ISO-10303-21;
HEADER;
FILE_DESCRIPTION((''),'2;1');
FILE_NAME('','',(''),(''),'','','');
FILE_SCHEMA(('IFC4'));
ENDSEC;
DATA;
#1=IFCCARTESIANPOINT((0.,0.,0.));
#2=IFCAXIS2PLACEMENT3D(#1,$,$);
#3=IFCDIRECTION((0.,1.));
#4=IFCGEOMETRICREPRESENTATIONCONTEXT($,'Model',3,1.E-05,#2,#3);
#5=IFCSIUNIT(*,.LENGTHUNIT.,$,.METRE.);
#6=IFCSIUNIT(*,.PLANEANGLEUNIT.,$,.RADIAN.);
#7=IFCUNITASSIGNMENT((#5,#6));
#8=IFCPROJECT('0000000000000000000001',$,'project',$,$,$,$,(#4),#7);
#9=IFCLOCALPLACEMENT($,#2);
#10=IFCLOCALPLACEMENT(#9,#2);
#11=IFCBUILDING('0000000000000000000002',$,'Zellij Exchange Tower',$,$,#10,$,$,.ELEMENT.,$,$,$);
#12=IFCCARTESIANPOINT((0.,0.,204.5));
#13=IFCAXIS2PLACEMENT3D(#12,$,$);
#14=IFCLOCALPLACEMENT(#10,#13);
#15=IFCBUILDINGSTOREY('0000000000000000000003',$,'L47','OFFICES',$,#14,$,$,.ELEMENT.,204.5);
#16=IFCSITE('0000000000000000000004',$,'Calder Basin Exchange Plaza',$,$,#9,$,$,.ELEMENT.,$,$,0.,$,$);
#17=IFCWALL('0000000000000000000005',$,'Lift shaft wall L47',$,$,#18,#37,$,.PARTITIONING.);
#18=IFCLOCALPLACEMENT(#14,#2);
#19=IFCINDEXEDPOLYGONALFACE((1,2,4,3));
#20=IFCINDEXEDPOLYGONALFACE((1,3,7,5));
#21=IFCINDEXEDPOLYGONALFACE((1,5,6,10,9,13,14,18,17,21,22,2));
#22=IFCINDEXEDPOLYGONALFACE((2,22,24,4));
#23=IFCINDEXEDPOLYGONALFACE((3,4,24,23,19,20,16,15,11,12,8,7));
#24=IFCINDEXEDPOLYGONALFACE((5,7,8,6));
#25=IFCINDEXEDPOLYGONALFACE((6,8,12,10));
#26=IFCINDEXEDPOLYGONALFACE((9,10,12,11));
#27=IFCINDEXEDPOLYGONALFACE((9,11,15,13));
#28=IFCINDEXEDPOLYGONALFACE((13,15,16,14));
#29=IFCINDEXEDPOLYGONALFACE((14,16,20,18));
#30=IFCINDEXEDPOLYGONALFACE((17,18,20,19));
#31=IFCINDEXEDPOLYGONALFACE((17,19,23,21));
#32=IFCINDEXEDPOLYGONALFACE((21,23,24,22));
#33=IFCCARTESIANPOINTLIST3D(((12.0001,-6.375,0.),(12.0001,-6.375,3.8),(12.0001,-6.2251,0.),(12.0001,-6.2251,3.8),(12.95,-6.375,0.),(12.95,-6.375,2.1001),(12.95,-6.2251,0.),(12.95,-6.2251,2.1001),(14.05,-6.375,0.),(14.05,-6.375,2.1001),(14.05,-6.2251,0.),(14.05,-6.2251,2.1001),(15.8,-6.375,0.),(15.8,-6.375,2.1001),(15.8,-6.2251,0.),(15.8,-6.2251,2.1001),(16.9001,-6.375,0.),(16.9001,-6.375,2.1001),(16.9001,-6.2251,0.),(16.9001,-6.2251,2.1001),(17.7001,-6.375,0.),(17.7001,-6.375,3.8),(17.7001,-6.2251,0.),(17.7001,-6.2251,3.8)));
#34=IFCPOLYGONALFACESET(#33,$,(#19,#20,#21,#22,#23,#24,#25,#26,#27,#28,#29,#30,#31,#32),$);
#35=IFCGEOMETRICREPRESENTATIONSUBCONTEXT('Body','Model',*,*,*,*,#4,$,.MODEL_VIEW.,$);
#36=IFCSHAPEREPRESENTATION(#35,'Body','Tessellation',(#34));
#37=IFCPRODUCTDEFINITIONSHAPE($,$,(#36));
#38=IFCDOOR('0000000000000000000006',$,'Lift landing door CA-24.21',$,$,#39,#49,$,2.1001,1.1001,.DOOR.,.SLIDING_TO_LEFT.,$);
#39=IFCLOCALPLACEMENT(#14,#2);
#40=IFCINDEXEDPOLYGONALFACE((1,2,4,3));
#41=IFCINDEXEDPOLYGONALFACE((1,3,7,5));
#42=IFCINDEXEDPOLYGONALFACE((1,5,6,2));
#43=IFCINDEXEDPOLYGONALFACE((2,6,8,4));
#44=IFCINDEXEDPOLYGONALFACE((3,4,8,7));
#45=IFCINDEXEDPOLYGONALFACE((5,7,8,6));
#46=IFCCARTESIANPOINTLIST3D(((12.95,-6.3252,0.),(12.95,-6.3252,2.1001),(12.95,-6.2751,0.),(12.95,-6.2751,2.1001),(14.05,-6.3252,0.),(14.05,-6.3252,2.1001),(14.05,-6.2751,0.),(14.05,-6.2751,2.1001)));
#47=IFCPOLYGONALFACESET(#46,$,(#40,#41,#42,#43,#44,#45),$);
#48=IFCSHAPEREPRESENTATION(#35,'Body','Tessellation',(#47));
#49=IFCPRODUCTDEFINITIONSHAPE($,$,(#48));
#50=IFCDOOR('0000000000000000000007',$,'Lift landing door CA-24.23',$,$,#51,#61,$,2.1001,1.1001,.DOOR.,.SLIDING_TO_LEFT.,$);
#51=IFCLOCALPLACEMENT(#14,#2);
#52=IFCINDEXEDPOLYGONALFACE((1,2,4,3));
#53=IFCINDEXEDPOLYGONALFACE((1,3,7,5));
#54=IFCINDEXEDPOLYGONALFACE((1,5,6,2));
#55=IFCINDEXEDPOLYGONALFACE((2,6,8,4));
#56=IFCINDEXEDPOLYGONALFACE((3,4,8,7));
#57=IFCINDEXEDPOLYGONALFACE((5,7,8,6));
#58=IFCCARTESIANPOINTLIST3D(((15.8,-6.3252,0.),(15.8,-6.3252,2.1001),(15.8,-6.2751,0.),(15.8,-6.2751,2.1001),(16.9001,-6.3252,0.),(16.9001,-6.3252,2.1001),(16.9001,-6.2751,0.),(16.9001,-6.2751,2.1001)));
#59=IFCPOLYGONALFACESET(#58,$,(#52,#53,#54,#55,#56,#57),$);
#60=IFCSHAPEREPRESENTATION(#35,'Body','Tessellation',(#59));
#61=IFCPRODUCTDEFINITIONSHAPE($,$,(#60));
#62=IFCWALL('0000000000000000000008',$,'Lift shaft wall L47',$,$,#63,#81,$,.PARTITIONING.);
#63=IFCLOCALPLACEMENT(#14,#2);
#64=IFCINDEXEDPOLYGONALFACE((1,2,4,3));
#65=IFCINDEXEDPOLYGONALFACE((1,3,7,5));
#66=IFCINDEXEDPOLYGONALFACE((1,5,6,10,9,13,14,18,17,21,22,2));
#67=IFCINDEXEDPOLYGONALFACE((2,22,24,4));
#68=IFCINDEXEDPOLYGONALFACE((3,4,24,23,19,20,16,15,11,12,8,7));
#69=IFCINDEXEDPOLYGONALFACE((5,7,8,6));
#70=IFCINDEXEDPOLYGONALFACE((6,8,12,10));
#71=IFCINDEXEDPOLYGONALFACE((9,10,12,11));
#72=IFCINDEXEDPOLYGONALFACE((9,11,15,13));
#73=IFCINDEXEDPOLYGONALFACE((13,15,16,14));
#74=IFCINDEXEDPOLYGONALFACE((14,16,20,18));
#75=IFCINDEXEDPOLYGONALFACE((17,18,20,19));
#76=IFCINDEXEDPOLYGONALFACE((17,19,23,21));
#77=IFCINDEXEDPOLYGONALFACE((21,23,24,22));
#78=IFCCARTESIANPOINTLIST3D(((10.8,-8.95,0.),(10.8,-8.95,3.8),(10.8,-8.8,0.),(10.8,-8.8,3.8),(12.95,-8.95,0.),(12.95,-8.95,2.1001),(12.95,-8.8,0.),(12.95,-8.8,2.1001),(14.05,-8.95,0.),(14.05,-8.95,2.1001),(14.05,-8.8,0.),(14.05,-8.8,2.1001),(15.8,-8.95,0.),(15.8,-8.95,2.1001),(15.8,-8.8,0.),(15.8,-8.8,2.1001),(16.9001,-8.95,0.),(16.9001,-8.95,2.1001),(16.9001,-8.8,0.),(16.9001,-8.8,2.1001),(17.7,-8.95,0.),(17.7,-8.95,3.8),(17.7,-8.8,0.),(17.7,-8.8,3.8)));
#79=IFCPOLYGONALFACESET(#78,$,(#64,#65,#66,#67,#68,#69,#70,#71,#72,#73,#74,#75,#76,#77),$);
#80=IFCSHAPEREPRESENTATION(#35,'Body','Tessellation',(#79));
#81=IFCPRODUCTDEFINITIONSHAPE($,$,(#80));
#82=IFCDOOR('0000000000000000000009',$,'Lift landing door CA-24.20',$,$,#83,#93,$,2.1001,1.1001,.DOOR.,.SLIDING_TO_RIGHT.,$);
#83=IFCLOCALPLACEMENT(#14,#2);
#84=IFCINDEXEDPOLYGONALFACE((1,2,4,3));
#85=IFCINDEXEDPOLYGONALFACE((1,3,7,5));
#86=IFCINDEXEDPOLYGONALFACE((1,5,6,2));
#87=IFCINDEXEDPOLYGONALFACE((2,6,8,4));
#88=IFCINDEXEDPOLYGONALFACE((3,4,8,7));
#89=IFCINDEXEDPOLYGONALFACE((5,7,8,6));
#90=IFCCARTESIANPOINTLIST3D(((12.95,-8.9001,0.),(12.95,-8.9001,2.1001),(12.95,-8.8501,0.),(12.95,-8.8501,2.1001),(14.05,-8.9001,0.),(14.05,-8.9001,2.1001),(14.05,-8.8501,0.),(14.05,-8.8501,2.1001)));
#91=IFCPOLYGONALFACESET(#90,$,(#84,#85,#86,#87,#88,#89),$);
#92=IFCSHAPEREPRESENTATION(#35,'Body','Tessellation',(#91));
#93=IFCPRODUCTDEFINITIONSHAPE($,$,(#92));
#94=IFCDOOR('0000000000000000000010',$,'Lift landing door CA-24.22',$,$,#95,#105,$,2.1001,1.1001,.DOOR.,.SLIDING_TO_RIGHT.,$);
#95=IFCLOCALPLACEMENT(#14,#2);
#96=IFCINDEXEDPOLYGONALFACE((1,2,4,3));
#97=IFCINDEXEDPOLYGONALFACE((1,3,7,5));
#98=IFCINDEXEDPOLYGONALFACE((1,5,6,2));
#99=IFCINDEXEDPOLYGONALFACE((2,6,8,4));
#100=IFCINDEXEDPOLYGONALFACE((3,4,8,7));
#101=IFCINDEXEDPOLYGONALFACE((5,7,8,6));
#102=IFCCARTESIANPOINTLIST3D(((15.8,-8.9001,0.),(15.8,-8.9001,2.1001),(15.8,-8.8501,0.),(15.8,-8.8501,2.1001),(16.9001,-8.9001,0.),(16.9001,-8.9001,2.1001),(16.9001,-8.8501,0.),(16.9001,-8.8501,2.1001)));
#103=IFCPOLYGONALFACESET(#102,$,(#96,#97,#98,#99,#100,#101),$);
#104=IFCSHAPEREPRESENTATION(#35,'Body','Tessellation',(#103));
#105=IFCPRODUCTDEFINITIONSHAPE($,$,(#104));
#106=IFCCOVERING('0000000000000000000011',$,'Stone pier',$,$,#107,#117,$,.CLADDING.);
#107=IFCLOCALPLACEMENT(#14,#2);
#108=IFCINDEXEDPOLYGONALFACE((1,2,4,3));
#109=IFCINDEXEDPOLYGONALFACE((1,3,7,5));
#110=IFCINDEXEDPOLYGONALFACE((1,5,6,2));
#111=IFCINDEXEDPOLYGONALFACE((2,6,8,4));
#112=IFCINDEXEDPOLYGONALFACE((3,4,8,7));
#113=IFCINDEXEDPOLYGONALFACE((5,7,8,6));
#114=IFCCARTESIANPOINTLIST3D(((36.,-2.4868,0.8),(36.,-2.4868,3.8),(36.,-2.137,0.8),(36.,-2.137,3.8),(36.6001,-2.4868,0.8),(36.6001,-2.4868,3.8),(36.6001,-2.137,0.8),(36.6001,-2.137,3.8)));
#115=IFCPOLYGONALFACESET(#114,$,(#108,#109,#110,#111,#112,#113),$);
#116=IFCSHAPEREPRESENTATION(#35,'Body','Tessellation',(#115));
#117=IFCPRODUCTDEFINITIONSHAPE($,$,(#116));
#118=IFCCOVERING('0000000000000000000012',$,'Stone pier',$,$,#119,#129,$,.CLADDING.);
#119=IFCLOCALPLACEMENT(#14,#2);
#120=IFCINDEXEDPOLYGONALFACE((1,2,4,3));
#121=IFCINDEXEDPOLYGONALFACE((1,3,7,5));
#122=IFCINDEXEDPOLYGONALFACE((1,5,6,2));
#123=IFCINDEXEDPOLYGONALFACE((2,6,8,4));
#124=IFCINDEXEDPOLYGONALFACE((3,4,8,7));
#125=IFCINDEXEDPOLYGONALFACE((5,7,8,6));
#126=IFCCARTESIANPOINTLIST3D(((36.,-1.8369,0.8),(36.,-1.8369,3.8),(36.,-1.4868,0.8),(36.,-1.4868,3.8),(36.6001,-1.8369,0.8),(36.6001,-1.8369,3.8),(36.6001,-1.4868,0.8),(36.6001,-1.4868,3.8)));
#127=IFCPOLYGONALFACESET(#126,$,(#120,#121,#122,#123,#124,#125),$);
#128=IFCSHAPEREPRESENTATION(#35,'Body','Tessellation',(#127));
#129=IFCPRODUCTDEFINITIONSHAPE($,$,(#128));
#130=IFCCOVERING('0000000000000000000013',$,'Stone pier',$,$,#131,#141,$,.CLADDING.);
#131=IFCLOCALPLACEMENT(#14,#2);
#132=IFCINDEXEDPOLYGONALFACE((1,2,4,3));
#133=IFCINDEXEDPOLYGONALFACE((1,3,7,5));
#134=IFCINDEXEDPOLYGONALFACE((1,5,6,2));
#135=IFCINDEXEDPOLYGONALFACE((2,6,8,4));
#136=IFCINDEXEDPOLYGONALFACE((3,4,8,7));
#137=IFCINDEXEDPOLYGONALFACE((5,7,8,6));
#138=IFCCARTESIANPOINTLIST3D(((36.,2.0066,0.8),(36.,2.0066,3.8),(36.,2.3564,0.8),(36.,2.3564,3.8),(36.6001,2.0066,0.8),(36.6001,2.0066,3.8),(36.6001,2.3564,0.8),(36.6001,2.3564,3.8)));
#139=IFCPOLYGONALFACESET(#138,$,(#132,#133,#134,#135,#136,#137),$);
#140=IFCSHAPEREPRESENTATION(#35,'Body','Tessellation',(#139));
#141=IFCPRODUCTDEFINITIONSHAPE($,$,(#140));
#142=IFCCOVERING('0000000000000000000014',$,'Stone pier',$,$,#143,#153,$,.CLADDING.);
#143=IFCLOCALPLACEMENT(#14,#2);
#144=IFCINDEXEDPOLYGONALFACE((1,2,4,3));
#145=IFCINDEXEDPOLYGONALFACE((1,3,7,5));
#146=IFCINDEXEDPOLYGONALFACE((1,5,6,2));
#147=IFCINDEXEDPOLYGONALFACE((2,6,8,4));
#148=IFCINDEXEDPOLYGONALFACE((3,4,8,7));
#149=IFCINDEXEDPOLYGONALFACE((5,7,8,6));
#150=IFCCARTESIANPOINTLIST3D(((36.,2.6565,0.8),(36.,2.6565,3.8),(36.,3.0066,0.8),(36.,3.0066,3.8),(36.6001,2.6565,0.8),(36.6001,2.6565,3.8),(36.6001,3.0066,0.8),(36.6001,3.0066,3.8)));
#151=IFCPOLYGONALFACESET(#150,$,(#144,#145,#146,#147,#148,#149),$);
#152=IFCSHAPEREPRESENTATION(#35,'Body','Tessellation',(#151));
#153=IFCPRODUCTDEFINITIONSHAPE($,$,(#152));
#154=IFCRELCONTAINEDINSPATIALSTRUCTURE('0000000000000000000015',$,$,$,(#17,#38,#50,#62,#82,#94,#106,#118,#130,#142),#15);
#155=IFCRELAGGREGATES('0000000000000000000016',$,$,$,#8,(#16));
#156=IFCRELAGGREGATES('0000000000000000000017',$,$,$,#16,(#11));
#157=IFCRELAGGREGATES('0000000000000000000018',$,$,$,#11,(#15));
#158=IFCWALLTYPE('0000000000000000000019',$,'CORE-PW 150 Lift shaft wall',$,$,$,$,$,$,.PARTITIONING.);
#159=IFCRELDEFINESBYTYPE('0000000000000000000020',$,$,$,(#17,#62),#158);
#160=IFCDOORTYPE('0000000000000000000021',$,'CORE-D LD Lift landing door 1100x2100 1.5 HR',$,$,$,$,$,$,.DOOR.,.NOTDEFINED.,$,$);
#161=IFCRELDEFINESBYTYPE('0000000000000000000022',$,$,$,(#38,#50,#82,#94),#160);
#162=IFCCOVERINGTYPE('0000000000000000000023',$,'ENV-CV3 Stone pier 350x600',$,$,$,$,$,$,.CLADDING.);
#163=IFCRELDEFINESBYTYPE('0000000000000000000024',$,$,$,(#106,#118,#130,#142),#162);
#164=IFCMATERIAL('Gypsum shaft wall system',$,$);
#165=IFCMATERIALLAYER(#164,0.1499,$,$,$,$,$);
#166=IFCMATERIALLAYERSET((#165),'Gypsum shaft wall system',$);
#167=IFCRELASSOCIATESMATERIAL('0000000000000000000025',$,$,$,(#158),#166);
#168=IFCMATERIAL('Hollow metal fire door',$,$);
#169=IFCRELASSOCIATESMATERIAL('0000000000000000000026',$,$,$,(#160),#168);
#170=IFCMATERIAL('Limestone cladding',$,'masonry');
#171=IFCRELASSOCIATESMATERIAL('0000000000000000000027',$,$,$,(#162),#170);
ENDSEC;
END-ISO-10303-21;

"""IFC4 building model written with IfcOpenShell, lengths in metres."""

from ifc_helpers import new_model, si_unit, direction, frame, frame_2d, origin, place, context, subcontext, project, spatial, polyline, rectangle, outline, extrude, material, layer, layer_set, type_object, element, fill, save


model = new_model("IFC4")

# Units and contexts
model_context = context("Model", 3, precision=1e-05, world=origin(), true_north=direction((0.0, 1.0)))
body_context = subcontext(model_context, "Body", "Model", "MODEL_VIEW")
ifc_project = project(units=[si_unit("LENGTHUNIT", "METRE"), si_unit("PLANEANGLEUNIT", "RADIAN")], contexts=[model_context])

# Site, building, storey
site_placement = place(None, origin())
site = spatial("IfcSite", under=ifc_project, at=site_placement, Name="Calder Basin Exchange Plaza", CompositionType="ELEMENT", RefElevation=0.0)
building_placement = place(site_placement, origin())
building = spatial("IfcBuilding", under=site, at=building_placement, Name="Zellij Exchange Tower", CompositionType="ELEMENT")
storey_placement = place(building_placement, frame((0.0, 0.0, 204.5)))
storey = spatial("IfcBuildingStorey", under=building, at=storey_placement, Name="L47", Description="OFFICES", CompositionType="ELEMENT", Elevation=204.5)

# Shared definitions
ifc_material_1 = material(Name="Gypsum shaft wall system")
ifc_material_2 = material(Name="Hollow metal fire door")

# Shared definitions
ifc_layer_1 = layer(ifc_material_1, 0.1499)
ifc_layer_set_1 = layer_set([ifc_layer_1], Name="Gypsum shaft wall system")
wall_type_1 = type_object("IfcWallType", Name="CORE-PW 150 Lift shaft wall", PredefinedType="PARTITIONING", material=ifc_layer_set_1)

# Shared definitions
door_type_1 = type_object("IfcDoorType", Name="CORE-D LD Lift landing door 1100x2100 1.5 HR", OperationType="NOTDEFINED", PredefinedType="DOOR", material=ifc_material_2)

# Walls, openings, doors
wall_1_placement = place(storey_placement, frame((12.0, -6.3, 0.0), z_axis=(0.0, 0.0, 1.0), x_axis=(1.0, 0.0, 0.0)))
wall_1 = element("IfcWall", 1, at=wall_1_placement, inside=storey, type_object=wall_type_1, Name="Lift shaft wall L47", PredefinedType="PARTITIONING", context=body_context, shape_type="SweptSolid", body=[
    extrude(rectangle(XDim=5.7, YDim=0.1499, at=frame_2d((2.8501, 0.0))), origin(), (0.0, 0.0, 1.0), 3.8),
])
opening_1_placement = place(wall_1_placement, frame((0.95, 0.0, 0.0)))
opening_1 = element("IfcOpeningElement", 2, at=opening_1_placement, cuts=wall_1, PredefinedType="OPENING", context=body_context, shape_type="SweptSolid", body=[
    extrude(rectangle(XDim=1.1001, YDim=2.1001, at=frame_2d((0.55, 1.05))), frame((0.0, 0.0869, 0.0), z_axis=(0.0, -1.0, 0.0), x_axis=(1.0, 0.0, 0.0)), (0.0, 0.0, 1.0), 0.1738),
])
opening_2_placement = place(wall_1_placement, frame((3.8, 0.0, 0.0)))
opening_2 = element("IfcOpeningElement", 3, at=opening_2_placement, cuts=wall_1, PredefinedType="OPENING", context=body_context, shape_type="SweptSolid", body=[
    extrude(rectangle(XDim=1.1001, YDim=2.1001, at=frame_2d((0.55, 1.05))), frame((0.0, 0.0869, 0.0), z_axis=(0.0, -1.0, 0.0), x_axis=(1.0, 0.0, 0.0)), (0.0, 0.0, 1.0), 0.1738),
])
door_1_placement = place(opening_1_placement, origin())
door_1 = element("IfcDoor", 4, at=door_1_placement, inside=storey, type_object=door_type_1, Name="Lift landing door CA-24.21", OperationType="SLIDING_TO_LEFT", OverallHeight=2.1001, OverallWidth=1.1001, PredefinedType="DOOR", context=body_context, shape_type="SweptSolid", body=[
    extrude(rectangle(XDim=1.1001, YDim=2.1001, at=frame_2d((0.55, 1.05))), frame((0.0, 0.0249, 0.0), z_axis=(0.0, -1.0, 0.0), x_axis=(1.0, 0.0, 0.0)), (0.0, 0.0, 1.0), 0.05),
])
fill(opening_1, door_1)
door_2_placement = place(opening_2_placement, origin())
door_2 = element("IfcDoor", 5, at=door_2_placement, inside=storey, type_object=door_type_1, Name="Lift landing door CA-24.23", OperationType="SLIDING_TO_LEFT", OverallHeight=2.1001, OverallWidth=1.1001, PredefinedType="DOOR", context=body_context, shape_type="SweptSolid", body=[
    extrude(rectangle(XDim=1.1001, YDim=2.1001, at=frame_2d((0.55, 1.05))), frame((0.0, 0.0249, 0.0), z_axis=(0.0, -1.0, 0.0), x_axis=(1.0, 0.0, 0.0)), (0.0, 0.0, 1.0), 0.05),
])
fill(opening_2, door_2)
wall_2_placement = place(storey_placement, frame((10.8, -8.875, 0.0), z_axis=(0.0, 0.0, 1.0), x_axis=(1.0, 0.0, 0.0)))
wall_2 = element("IfcWall", 6, at=wall_2_placement, inside=storey, type_object=wall_type_1, Name="Lift shaft wall L47", PredefinedType="PARTITIONING", context=body_context, shape_type="SweptSolid", body=[
    extrude(rectangle(XDim=6.8999, YDim=0.1499, at=frame_2d((3.45, 0.0))), origin(), (0.0, 0.0, 1.0), 3.8),
])
opening_3_placement = place(wall_2_placement, frame((2.1499, 0.0, 0.0)))
opening_3 = element("IfcOpeningElement", 7, at=opening_3_placement, cuts=wall_2, PredefinedType="OPENING", context=body_context, shape_type="SweptSolid", body=[
    extrude(rectangle(XDim=1.1001, YDim=2.1001, at=frame_2d((0.55, 1.05))), frame((0.0, 0.0869, 0.0), z_axis=(0.0, -1.0, 0.0), x_axis=(1.0, 0.0, 0.0)), (0.0, 0.0, 1.0), 0.1738),
])
opening_4_placement = place(wall_2_placement, frame((5.0, 0.0, 0.0)))
opening_4 = element("IfcOpeningElement", 8, at=opening_4_placement, cuts=wall_2, PredefinedType="OPENING", context=body_context, shape_type="SweptSolid", body=[
    extrude(rectangle(XDim=1.1001, YDim=2.1001, at=frame_2d((0.55, 1.05))), frame((0.0, 0.0869, 0.0), z_axis=(0.0, -1.0, 0.0), x_axis=(1.0, 0.0, 0.0)), (0.0, 0.0, 1.0), 0.1738),
])
door_3_placement = place(opening_3_placement, origin())
door_3 = element("IfcDoor", 9, at=door_3_placement, inside=storey, type_object=door_type_1, Name="Lift landing door CA-24.20", OperationType="SLIDING_TO_RIGHT", OverallHeight=2.1001, OverallWidth=1.1001, PredefinedType="DOOR", context=body_context, shape_type="SweptSolid", body=[
    extrude(rectangle(XDim=1.1001, YDim=2.1001, at=frame_2d((0.55, 1.05))), frame((0.0, 0.0249, 0.0), z_axis=(0.0, -1.0, 0.0), x_axis=(1.0, 0.0, 0.0)), (0.0, 0.0, 1.0), 0.05),
])
fill(opening_3, door_3)
door_4_placement = place(opening_4_placement, origin())
door_4 = element("IfcDoor", 10, at=door_4_placement, inside=storey, type_object=door_type_1, Name="Lift landing door CA-24.22", OperationType="SLIDING_TO_RIGHT", OverallHeight=2.1001, OverallWidth=1.1001, PredefinedType="DOOR", context=body_context, shape_type="SweptSolid", body=[
    extrude(rectangle(XDim=1.1001, YDim=2.1001, at=frame_2d((0.55, 1.05))), frame((0.0, 0.0249, 0.0), z_axis=(0.0, -1.0, 0.0), x_axis=(1.0, 0.0, 0.0)), (0.0, 0.0, 1.0), 0.05),
])
fill(opening_4, door_4)

# Coverings
ifc_material_3 = material(Name="Limestone cladding", Category="masonry")
covering_type = type_object("IfcCoveringType", Name="ENV-CV3 Stone pier 350x600", PredefinedType="CLADDING", material=ifc_material_3)
covering_1_placement = place(storey_placement, frame((0.0, 0.0, 0.8)))
element("IfcCovering", 11, at=covering_1_placement, inside=storey, type_object=covering_type, Name="Stone pier", PredefinedType="CLADDING", context=body_context, shape_type="SweptSolid", body=[
    extrude(outline(polyline([(36.0, -2.4868), (36.0, -2.137), (36.6001, -2.137), (36.6001, -2.4868), (36.0, -2.4868)])), origin(), (0.0, 0.0, 1.0), 3.0),
])
covering_2_placement = place(storey_placement, frame((0.0, 0.0, 0.8)))
element("IfcCovering", 12, at=covering_2_placement, inside=storey, type_object=covering_type, Name="Stone pier", PredefinedType="CLADDING", context=body_context, shape_type="SweptSolid", body=[
    extrude(outline(polyline([(36.0, -1.8369), (36.0, -1.4868), (36.6001, -1.4868), (36.6001, -1.8369), (36.0, -1.8369)])), origin(), (0.0, 0.0, 1.0), 3.0),
])
covering_3_placement = place(storey_placement, frame((0.0, 0.0, 0.8)))
element("IfcCovering", 13, at=covering_3_placement, inside=storey, type_object=covering_type, Name="Stone pier", PredefinedType="CLADDING", context=body_context, shape_type="SweptSolid", body=[
    extrude(outline(polyline([(36.0, 2.0066), (36.0, 2.3564), (36.6001, 2.3564), (36.6001, 2.0066), (36.0, 2.0066)])), origin(), (0.0, 0.0, 1.0), 3.0),
])
covering_4_placement = place(storey_placement, frame((0.0, 0.0, 0.8)))
element("IfcCovering", 14, at=covering_4_placement, inside=storey, type_object=covering_type, Name="Stone pier", PredefinedType="CLADDING", context=body_context, shape_type="SweptSolid", body=[
    extrude(outline(polyline([(36.0, 2.6565), (36.0, 3.0066), (36.6001, 3.0066), (36.6001, 2.6565), (36.0, 2.6565)])), origin(), (0.0, 0.0, 1.0), 3.0),
])

save(model, "model.ifc")
